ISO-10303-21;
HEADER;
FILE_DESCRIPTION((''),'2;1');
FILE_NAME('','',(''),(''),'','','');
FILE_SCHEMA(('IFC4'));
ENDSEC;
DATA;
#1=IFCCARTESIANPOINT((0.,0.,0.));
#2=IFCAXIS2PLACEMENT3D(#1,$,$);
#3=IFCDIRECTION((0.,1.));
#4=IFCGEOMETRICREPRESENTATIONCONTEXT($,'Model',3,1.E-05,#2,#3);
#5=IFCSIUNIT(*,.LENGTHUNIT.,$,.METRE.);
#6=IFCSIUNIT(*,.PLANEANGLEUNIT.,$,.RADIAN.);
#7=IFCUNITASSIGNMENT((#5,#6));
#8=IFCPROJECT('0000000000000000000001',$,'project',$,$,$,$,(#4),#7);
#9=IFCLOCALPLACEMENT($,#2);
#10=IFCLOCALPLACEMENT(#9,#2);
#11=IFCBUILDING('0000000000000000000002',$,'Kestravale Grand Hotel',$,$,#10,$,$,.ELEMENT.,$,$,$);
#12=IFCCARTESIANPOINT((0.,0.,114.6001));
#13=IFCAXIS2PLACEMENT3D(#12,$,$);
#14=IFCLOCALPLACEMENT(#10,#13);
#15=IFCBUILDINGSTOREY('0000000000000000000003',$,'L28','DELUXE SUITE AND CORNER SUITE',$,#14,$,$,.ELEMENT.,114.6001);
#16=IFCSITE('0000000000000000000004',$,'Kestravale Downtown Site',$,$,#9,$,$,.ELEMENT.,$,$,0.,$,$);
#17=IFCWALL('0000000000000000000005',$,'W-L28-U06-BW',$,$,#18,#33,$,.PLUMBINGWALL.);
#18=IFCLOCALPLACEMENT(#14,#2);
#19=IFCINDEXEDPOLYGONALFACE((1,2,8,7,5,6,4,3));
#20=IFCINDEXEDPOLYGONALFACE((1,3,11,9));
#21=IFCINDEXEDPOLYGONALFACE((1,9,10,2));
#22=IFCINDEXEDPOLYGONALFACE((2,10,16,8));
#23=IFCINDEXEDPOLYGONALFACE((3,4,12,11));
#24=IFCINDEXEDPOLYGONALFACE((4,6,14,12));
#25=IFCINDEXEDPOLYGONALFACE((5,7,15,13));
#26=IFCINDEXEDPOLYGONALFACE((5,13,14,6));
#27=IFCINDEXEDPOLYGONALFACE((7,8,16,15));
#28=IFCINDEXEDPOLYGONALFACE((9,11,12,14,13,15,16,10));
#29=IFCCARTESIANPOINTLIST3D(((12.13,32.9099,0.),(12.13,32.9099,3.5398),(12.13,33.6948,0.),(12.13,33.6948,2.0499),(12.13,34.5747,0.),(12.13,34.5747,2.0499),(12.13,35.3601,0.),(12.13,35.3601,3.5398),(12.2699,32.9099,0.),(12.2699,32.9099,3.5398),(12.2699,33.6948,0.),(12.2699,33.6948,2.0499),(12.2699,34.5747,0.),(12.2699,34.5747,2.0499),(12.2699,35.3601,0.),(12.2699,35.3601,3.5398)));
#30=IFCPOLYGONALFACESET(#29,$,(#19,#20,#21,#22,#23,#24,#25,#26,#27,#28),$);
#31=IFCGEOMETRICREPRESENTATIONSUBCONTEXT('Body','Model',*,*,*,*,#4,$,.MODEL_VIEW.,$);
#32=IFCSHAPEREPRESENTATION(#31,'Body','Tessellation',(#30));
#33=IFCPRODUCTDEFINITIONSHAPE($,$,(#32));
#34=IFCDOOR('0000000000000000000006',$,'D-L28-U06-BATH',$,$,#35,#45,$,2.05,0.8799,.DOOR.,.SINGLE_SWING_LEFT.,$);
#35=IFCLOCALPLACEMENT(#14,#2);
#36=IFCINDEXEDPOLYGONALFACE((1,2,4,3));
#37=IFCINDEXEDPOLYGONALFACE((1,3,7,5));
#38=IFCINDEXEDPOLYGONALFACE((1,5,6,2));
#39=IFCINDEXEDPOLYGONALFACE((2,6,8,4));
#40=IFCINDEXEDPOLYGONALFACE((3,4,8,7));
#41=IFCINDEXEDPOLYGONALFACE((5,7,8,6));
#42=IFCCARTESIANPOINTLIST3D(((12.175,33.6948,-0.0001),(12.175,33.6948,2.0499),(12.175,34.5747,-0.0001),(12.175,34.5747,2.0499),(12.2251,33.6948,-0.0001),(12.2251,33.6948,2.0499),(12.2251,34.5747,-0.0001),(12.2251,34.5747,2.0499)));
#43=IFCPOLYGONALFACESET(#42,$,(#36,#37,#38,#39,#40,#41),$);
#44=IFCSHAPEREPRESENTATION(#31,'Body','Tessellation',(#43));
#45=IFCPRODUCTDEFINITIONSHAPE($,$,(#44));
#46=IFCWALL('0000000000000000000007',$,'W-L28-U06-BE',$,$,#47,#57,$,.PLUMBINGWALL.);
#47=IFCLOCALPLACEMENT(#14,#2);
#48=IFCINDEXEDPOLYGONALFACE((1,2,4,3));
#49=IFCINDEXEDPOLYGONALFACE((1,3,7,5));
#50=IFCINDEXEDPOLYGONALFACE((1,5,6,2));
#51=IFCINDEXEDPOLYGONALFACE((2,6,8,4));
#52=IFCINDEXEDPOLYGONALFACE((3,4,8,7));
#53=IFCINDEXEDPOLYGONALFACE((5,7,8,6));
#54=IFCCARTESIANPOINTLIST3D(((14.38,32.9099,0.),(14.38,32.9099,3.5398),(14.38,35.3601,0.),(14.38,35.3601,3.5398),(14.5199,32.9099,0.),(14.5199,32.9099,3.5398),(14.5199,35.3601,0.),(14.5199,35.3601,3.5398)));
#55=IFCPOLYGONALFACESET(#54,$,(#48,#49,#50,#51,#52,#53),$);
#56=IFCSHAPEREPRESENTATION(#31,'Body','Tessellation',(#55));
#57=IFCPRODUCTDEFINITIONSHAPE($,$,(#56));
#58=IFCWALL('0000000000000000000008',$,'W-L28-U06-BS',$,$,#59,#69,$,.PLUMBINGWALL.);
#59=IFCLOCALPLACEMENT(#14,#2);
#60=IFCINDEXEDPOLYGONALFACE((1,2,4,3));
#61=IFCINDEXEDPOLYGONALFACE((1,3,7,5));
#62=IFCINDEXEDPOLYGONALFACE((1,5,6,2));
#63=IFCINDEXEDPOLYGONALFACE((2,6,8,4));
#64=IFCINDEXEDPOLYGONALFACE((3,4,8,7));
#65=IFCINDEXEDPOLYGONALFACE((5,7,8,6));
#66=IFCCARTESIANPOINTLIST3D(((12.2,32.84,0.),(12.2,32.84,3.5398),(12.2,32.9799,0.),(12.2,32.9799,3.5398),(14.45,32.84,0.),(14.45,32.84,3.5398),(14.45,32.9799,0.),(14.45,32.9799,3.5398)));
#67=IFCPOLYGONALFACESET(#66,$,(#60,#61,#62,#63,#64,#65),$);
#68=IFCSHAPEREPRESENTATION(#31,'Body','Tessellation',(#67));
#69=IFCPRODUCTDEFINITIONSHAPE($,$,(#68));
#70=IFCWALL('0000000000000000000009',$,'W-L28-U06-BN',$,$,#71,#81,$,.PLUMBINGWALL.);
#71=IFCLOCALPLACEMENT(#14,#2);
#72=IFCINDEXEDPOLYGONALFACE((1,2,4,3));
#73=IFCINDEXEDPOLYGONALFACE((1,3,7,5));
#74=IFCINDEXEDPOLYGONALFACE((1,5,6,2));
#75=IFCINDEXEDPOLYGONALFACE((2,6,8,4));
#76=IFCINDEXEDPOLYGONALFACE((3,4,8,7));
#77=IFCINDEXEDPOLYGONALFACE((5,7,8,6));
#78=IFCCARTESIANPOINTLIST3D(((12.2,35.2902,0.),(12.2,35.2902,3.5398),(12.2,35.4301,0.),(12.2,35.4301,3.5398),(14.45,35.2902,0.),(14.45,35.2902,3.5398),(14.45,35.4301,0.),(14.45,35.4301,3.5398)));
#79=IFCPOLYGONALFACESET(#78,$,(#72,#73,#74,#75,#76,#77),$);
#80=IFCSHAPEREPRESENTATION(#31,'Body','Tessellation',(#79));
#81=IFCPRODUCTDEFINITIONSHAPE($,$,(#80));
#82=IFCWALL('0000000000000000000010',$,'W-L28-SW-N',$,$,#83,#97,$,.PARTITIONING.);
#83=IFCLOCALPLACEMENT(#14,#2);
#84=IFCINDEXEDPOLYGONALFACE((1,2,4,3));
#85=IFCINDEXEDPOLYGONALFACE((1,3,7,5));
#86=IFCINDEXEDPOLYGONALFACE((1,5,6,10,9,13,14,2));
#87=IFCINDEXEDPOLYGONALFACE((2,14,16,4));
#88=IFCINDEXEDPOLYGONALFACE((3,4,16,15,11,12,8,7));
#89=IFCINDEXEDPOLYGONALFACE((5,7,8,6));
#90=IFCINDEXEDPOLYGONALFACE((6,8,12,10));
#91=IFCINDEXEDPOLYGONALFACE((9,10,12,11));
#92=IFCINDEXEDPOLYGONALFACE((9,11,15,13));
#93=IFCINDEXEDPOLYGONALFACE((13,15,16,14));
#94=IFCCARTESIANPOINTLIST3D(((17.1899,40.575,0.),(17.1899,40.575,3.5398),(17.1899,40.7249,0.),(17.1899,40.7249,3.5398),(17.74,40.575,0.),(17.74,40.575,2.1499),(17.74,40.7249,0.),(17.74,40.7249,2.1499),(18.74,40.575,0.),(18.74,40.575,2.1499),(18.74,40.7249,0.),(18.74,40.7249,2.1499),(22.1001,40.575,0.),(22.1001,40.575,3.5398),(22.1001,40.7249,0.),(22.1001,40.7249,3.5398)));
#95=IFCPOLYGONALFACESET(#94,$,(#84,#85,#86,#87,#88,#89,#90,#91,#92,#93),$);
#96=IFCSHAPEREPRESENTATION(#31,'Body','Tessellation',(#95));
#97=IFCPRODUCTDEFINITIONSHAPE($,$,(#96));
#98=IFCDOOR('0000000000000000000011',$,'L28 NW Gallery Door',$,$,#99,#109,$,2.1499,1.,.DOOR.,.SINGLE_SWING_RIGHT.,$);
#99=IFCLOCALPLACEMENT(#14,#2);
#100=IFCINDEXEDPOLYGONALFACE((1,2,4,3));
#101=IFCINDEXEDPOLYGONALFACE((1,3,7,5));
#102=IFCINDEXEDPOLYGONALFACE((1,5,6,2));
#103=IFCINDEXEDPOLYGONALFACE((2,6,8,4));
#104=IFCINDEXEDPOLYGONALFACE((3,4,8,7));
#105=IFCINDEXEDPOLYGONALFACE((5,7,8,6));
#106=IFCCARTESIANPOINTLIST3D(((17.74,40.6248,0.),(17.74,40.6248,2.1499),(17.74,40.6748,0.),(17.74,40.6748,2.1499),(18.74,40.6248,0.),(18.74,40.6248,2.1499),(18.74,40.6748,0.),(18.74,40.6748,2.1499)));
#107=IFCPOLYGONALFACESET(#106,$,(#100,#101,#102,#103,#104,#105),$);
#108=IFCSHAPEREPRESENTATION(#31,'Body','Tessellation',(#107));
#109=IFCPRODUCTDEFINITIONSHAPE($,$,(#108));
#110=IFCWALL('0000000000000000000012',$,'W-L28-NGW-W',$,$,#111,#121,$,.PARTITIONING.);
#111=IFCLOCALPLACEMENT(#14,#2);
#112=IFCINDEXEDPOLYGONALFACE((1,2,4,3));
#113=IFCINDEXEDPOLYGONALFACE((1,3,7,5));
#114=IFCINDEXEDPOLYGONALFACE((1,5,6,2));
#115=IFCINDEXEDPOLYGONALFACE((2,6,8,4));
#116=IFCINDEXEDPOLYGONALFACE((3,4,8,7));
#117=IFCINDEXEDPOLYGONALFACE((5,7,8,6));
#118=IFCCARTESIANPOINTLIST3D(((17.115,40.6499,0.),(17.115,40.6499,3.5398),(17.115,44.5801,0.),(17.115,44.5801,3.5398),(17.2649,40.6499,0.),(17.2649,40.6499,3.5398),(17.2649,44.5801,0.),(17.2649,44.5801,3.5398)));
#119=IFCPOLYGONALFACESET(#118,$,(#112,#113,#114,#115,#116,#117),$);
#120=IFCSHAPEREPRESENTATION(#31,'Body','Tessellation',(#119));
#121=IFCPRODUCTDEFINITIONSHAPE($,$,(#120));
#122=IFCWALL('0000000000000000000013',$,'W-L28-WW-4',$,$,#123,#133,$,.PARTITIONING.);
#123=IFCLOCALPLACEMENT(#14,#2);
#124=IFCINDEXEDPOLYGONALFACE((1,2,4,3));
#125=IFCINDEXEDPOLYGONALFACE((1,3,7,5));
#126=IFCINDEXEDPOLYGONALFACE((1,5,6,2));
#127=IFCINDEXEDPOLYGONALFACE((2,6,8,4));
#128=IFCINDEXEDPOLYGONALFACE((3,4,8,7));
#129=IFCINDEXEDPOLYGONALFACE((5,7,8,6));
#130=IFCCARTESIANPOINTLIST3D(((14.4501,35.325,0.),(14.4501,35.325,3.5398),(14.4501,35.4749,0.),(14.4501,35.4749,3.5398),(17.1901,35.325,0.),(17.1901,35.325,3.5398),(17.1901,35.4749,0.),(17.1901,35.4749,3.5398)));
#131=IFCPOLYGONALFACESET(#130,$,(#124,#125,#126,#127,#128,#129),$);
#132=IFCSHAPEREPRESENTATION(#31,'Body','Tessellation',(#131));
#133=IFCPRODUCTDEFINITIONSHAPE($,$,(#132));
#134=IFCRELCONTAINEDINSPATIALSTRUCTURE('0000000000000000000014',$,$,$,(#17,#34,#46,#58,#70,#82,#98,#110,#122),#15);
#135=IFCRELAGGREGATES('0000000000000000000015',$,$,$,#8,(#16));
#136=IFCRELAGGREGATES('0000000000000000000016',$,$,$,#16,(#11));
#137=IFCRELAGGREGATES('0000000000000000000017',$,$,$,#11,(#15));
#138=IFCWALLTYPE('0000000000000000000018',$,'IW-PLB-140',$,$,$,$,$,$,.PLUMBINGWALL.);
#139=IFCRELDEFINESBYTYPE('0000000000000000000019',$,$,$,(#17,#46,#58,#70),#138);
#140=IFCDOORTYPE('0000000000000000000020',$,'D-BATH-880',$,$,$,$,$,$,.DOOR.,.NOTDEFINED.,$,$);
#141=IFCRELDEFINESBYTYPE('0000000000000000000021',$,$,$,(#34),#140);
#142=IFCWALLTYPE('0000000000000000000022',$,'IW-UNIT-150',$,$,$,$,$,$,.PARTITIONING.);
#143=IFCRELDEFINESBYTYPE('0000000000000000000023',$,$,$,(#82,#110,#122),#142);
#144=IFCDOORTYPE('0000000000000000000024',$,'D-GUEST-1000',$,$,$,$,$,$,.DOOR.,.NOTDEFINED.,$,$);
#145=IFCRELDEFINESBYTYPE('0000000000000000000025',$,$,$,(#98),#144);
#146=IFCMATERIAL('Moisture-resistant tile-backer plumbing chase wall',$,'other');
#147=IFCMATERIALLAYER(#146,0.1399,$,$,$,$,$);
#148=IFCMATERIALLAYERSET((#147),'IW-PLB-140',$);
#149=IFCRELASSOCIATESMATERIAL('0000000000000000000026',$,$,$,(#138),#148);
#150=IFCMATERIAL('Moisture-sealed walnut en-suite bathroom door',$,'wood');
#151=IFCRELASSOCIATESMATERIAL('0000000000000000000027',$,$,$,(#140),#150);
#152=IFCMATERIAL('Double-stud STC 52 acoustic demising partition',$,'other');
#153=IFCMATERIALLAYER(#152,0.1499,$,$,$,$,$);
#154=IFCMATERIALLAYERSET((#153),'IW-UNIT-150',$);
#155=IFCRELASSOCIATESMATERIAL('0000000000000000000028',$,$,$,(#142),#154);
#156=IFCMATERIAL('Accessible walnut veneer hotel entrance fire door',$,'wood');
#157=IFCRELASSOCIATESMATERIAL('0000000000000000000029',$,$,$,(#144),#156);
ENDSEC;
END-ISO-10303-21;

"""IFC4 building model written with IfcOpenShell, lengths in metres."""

from ifc_helpers import new_model, si_unit, direction, frame, frame_2d, origin, place, context, subcontext, project, spatial, rectangle, extrude, material, layer, layer_set, type_object, element, fill, save


model = new_model("IFC4")

# Units and contexts
model_context = context("Model", 3, precision=1e-05, world=origin(), true_north=direction((0.0, 1.0)))
body_context = subcontext(model_context, "Body", "Model", "MODEL_VIEW")
ifc_project = project(units=[si_unit("LENGTHUNIT", "METRE"), si_unit("PLANEANGLEUNIT", "RADIAN")], contexts=[model_context])

# Site, building, storey
site_placement = place(None, origin())
site = spatial("IfcSite", under=ifc_project, at=site_placement, Name="Kestravale Downtown Site", CompositionType="ELEMENT", RefElevation=0.0)
building_placement = place(site_placement, origin())
building = spatial("IfcBuilding", under=site, at=building_placement, Name="Kestravale Grand Hotel", CompositionType="ELEMENT")
storey_placement = place(building_placement, frame((0.0, 0.0, 114.6001)))
storey = spatial("IfcBuildingStorey", under=building, at=storey_placement, Name="L28", Description="DELUXE SUITE AND CORNER SUITE", CompositionType="ELEMENT", Elevation=114.6001)

# Wall, opening, door
ifc_material_1 = material(Name="Moisture-resistant tile-backer plumbing chase wall", Category="other")
ifc_layer_1 = layer(ifc_material_1, 0.1399)
ifc_layer_set_1 = layer_set([ifc_layer_1], Name="IW-PLB-140")
wall_type_1 = type_object("IfcWallType", Name="IW-PLB-140", PredefinedType="PLUMBINGWALL", material=ifc_layer_set_1)
wall_1_placement = place(storey_placement, frame((12.2, 32.9099, 0.0), z_axis=(0.0, 0.0, 1.0), x_axis=(0.0, 1.0, 0.0)))
wall_1 = element("IfcWall", 1, at=wall_1_placement, inside=storey, type_object=wall_type_1, Name="W-L28-U06-BW", PredefinedType="PLUMBINGWALL", context=body_context, shape_type="SweptSolid", body=[
    extrude(rectangle(XDim=2.4502, YDim=0.1399, at=frame_2d((1.2251, 0.0))), origin(), (0.0, 0.0, 1.0), 3.5398),
])
opening_1_placement = place(wall_1_placement, frame((0.7849, 0.0, 0.0)))
opening_1 = element("IfcOpeningElement", 2, at=opening_1_placement, cuts=wall_1, PredefinedType="OPENING", context=body_context, shape_type="SweptSolid", body=[
    extrude(rectangle(XDim=0.8799, YDim=2.05, at=frame_2d((0.4399, 1.0249))), frame((0.0, 0.0798, 0.0), z_axis=(0.0, -1.0, 0.0), x_axis=(1.0, 0.0, 0.0)), (0.0, 0.0, 1.0), 0.1599),
])
ifc_material_2 = material(Name="Moisture-sealed walnut en-suite bathroom door", Category="wood")
door_type_1 = type_object("IfcDoorType", Name="D-BATH-880", OperationType="NOTDEFINED", PredefinedType="DOOR", material=ifc_material_2)
door_1_placement = place(opening_1_placement, origin())
door_1 = element("IfcDoor", 3, at=door_1_placement, inside=storey, type_object=door_type_1, Name="D-L28-U06-BATH", OperationType="SINGLE_SWING_LEFT", OverallHeight=2.05, OverallWidth=0.8799, PredefinedType="DOOR", context=body_context, shape_type="SweptSolid", body=[
    extrude(rectangle(XDim=0.8799, YDim=2.05, at=frame_2d((0.4399, 1.0249))), frame((0.0, 0.0249, 0.0), z_axis=(0.0, -1.0, 0.0), x_axis=(1.0, 0.0, 0.0)), (0.0, 0.0, 1.0), 0.05),
])
fill(opening_1, door_1)

# Walls
wall_2_placement = place(storey_placement, frame((14.45, 32.9099, 0.0), z_axis=(0.0, 0.0, 1.0), x_axis=(0.0, 1.0, 0.0)))
element("IfcWall", 4, at=wall_2_placement, inside=storey, type_object=wall_type_1, Name="W-L28-U06-BE", PredefinedType="PLUMBINGWALL", context=body_context, shape_type="SweptSolid", body=[
    extrude(rectangle(XDim=2.4502, YDim=0.1399, at=frame_2d((1.2251, 0.0))), origin(), (0.0, 0.0, 1.0), 3.5398),
])
for number, where, z_axis, x_axis, name in (
    (5, (12.2, 32.9099, 0.0), (0.0, 0.0, 1.0), (1.0, 0.0, 0.0), "W-L28-U06-BS"),
    (6, (12.2, 35.3601, 0.0), (0.0, 0.0, 1.0), (1.0, 0.0, 0.0), "W-L28-U06-BN"),
):
    element("IfcWall", number, at=place(storey_placement, frame(where, z_axis=z_axis, x_axis=x_axis)), inside=storey, type_object=wall_type_1, Name=name, PredefinedType="PLUMBINGWALL", context=body_context, shape_type="SweptSolid", body=[
        extrude(rectangle(XDim=2.25, YDim=0.1399, at=frame_2d((1.125, 0.0))), origin(), (0.0, 0.0, 1.0), 3.5398),
    ])

# Wall, opening, door
ifc_material_3 = material(Name="Double-stud STC 52 acoustic demising partition", Category="other")
ifc_layer_2 = layer(ifc_material_3, 0.1499)
ifc_layer_set_2 = layer_set([ifc_layer_2], Name="IW-UNIT-150")
wall_type_2 = type_object("IfcWallType", Name="IW-UNIT-150", PredefinedType="PARTITIONING", material=ifc_layer_set_2)
wall_3_placement = place(storey_placement, frame((17.1899, 40.6499, 0.0), z_axis=(0.0, 0.0, 1.0), x_axis=(1.0, 0.0, 0.0)))
wall_3 = element("IfcWall", 7, at=wall_3_placement, inside=storey, type_object=wall_type_2, Name="W-L28-SW-N", PredefinedType="PARTITIONING", context=body_context, shape_type="SweptSolid", body=[
    extrude(rectangle(XDim=4.9102, YDim=0.1499, at=frame_2d((2.4551, 0.0))), origin(), (0.0, 0.0, 1.0), 3.5398),
])
opening_2_placement = place(wall_3_placement, frame((0.55, 0.0, 0.0)))
opening_2 = element("IfcOpeningElement", 8, at=opening_2_placement, cuts=wall_3, PredefinedType="OPENING", context=body_context, shape_type="SweptSolid", body=[
    extrude(rectangle(XDim=1.0, YDim=2.1499, at=frame_2d((0.5, 1.075))), frame((0.0, 0.085, 0.0), z_axis=(0.0, -1.0, 0.0), x_axis=(1.0, 0.0, 0.0)), (0.0, 0.0, 1.0), 0.1699),
])
ifc_material_4 = material(Name="Accessible walnut veneer hotel entrance fire door", Category="wood")
door_type_2 = type_object("IfcDoorType", Name="D-GUEST-1000", OperationType="NOTDEFINED", PredefinedType="DOOR", material=ifc_material_4)
door_2_placement = place(opening_2_placement, origin())
door_2 = element("IfcDoor", 9, at=door_2_placement, inside=storey, type_object=door_type_2, Name="L28 NW Gallery Door", OperationType="SINGLE_SWING_RIGHT", OverallHeight=2.1499, OverallWidth=1.0, PredefinedType="DOOR", context=body_context, shape_type="SweptSolid", body=[
    extrude(rectangle(XDim=1.0, YDim=2.1499, at=frame_2d((0.5, 1.075))), frame((0.0, 0.0249, 0.0), z_axis=(0.0, -1.0, 0.0), x_axis=(1.0, 0.0, 0.0)), (0.0, 0.0, 1.0), 0.05),
])
fill(opening_2, door_2)

# Walls
wall_4_placement = place(storey_placement, frame((17.1899, 40.6499, 0.0), z_axis=(0.0, 0.0, 1.0), x_axis=(0.0, 1.0, 0.0)))
element("IfcWall", 10, at=wall_4_placement, inside=storey, type_object=wall_type_2, Name="W-L28-NGW-W", PredefinedType="PARTITIONING", context=body_context, shape_type="SweptSolid", body=[
    extrude(rectangle(XDim=3.9302, YDim=0.1499, at=frame_2d((1.9651, 0.0))), origin(), (0.0, 0.0, 1.0), 3.5398),
])
wall_5_placement = place(storey_placement, frame((14.45, 35.3999, 0.0), z_axis=(0.0, 0.0, 1.0), x_axis=(1.0, 0.0, 0.0)))
element("IfcWall", 11, at=wall_5_placement, inside=storey, type_object=wall_type_2, Name="W-L28-WW-4", PredefinedType="PARTITIONING", context=body_context, shape_type="SweptSolid", body=[
    extrude(rectangle(XDim=2.74, YDim=0.1499, at=frame_2d((1.3701, 0.0))), origin(), (0.0, 0.0, 1.0), 3.5398),
])

save(model, "model.ifc")
